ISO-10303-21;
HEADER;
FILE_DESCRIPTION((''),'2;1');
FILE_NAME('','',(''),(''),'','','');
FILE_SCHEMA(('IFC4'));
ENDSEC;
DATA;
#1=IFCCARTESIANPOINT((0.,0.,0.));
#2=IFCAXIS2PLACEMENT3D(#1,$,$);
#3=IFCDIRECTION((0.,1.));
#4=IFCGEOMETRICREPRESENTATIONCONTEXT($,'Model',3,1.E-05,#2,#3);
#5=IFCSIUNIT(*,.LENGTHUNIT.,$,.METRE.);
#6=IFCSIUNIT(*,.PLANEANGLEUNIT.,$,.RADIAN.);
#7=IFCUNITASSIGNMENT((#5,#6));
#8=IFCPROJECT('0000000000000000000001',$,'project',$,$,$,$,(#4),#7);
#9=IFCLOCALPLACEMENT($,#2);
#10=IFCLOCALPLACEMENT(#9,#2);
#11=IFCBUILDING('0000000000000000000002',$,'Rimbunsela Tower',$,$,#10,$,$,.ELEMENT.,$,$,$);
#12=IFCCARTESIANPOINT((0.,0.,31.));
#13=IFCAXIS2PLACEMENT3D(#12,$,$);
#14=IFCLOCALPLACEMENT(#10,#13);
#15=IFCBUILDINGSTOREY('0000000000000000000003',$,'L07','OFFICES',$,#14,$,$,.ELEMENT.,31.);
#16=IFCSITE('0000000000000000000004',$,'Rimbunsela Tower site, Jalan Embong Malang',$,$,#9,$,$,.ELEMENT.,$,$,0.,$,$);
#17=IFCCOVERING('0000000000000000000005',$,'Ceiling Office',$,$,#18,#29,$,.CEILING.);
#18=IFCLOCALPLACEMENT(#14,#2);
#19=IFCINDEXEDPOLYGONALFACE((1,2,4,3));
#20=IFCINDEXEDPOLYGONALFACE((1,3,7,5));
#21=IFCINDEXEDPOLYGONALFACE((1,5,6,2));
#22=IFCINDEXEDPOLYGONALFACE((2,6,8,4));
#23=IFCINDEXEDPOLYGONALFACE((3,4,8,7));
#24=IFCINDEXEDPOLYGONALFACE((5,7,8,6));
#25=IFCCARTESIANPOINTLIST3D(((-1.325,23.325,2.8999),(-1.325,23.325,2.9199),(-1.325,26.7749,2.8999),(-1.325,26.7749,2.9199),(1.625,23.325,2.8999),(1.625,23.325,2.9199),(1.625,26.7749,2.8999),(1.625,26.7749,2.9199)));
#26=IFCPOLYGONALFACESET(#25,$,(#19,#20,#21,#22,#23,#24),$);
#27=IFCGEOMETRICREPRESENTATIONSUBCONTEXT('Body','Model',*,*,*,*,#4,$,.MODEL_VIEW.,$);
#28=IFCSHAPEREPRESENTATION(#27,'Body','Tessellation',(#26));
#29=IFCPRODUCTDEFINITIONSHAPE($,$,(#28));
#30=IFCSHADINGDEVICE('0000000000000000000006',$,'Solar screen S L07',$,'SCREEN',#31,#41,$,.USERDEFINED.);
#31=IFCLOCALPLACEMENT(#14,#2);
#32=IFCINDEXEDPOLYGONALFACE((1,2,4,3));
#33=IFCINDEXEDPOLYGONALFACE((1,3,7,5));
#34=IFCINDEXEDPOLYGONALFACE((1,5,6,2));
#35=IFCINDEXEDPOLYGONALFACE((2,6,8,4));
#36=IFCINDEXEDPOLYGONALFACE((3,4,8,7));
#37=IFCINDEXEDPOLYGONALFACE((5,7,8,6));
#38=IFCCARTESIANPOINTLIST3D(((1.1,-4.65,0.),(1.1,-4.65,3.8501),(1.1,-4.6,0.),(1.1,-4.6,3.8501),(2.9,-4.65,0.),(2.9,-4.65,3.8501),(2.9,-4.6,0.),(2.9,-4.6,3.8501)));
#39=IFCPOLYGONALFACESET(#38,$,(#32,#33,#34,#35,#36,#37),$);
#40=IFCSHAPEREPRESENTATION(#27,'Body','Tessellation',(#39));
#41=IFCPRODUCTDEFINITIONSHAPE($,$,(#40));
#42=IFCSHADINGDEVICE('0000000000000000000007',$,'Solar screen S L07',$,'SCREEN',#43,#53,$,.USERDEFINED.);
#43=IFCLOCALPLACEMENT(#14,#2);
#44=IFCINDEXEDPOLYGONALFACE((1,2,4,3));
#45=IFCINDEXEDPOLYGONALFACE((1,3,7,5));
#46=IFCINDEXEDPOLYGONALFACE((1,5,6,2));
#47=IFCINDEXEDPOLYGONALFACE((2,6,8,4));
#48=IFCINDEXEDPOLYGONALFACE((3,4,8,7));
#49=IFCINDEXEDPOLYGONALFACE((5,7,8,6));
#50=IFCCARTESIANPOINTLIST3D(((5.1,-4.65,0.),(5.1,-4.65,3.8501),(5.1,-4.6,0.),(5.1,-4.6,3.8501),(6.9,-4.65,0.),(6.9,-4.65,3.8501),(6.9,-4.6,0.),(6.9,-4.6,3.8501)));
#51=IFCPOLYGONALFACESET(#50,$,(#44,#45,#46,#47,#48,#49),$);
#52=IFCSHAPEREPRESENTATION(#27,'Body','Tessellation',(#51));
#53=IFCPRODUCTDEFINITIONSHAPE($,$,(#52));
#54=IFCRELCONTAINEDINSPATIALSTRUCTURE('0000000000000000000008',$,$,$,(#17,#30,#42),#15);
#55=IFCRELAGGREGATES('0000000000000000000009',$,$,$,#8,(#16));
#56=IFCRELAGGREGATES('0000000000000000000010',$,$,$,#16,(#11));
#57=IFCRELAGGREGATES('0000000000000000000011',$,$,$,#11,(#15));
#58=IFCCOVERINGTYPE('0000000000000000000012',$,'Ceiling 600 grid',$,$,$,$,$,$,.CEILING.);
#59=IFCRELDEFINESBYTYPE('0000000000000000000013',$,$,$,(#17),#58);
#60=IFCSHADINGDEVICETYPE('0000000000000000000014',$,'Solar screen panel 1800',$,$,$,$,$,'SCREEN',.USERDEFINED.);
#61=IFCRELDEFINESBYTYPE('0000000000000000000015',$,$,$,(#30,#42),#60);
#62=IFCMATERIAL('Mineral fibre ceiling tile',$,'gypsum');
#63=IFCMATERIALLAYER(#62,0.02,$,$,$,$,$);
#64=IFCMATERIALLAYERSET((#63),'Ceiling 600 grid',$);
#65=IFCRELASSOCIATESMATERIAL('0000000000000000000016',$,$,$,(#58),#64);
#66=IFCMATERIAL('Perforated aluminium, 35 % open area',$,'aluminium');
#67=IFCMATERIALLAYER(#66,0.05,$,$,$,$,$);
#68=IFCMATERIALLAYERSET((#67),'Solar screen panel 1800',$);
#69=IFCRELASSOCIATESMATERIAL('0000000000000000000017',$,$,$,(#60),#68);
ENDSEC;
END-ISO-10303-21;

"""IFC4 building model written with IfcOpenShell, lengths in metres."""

from ifc_helpers import new_model, si_unit, direction, frame, origin, origin_2d, place, context, subcontext, project, spatial, polyline, rectangle, outline, extrude, material, layer, layer_set, type_object, element, save


model = new_model("IFC4")

# Units and contexts
model_context = context("Model", 3, precision=1e-05, world=origin(), true_north=direction((0.0, 1.0)))
body_context = subcontext(model_context, "Body", "Model", "MODEL_VIEW")
ifc_project = project(units=[si_unit("LENGTHUNIT", "METRE"), si_unit("PLANEANGLEUNIT", "RADIAN")], contexts=[model_context])

# Site, building, storey
site_placement = place(None, origin())
site = spatial("IfcSite", under=ifc_project, at=site_placement, Name="Rimbunsela Tower site, Jalan Embong Malang", CompositionType="ELEMENT", RefElevation=0.0)
building_placement = place(site_placement, origin())
building = spatial("IfcBuilding", under=site, at=building_placement, Name="Rimbunsela Tower", CompositionType="ELEMENT")
storey_placement = place(building_placement, frame((0.0, 0.0, 31.0)))
storey = spatial("IfcBuildingStorey", under=building, at=storey_placement, Name="L07", Description="OFFICES", CompositionType="ELEMENT", Elevation=31.0)

# Covering
ifc_material_1 = material(Name="Mineral fibre ceiling tile", Category="gypsum")
ifc_layer_1 = layer(ifc_material_1, 0.02)
ifc_layer_set_1 = layer_set([ifc_layer_1], Name="Ceiling 600 grid")
covering_type_1 = type_object("IfcCoveringType", Name="Ceiling 600 grid", PredefinedType="CEILING", material=ifc_layer_set_1)
covering_1_placement = place(storey_placement, frame((0.0, 0.0, 2.8999)))
element("IfcCovering", 1, at=covering_1_placement, inside=storey, type_object=covering_type_1, Name="Ceiling Office", PredefinedType="CEILING", context=body_context, shape_type="SweptSolid", body=[
    extrude(outline(polyline([(1.625, 23.325), (1.625, 26.7749), (-1.325, 26.7749), (-1.325, 23.325), (1.625, 23.325)])), origin(), (0.0, 0.0, 1.0), 0.02),
])

# Shading devices
ifc_material_2 = material(Name="Perforated aluminium, 35 % open area", Category="aluminium")
ifc_layer_2 = layer(ifc_material_2, 0.05)
ifc_layer_set_2 = layer_set([ifc_layer_2], Name="Solar screen panel 1800")
shading_device_type = type_object("IfcShadingDeviceType", Name="Solar screen panel 1800", ElementType="SCREEN", PredefinedType="USERDEFINED", material=ifc_layer_set_2)
for number, where, z_axis, x_axis, name in (
    (2, (2.0, -4.625, 0.0), (0.0, 0.0, 1.0), (1.0, 0.0, 0.0), "Solar screen S L07"),
    (3, (6.0, -4.625, 0.0), (0.0, 0.0, 1.0), (1.0, 0.0, 0.0), "Solar screen S L07"),
):
    element("IfcShadingDevice", number, at=place(storey_placement, frame(where, z_axis=z_axis, x_axis=x_axis)), inside=storey, type_object=shading_device_type, Name=name, ObjectType="SCREEN", PredefinedType="USERDEFINED", context=body_context, shape_type="SweptSolid", body=[
        extrude(rectangle(XDim=1.8, YDim=0.05, at=origin_2d()), origin(), (0.0, 0.0, 1.0), 3.8501),
    ])

save(model, "model.ifc")
